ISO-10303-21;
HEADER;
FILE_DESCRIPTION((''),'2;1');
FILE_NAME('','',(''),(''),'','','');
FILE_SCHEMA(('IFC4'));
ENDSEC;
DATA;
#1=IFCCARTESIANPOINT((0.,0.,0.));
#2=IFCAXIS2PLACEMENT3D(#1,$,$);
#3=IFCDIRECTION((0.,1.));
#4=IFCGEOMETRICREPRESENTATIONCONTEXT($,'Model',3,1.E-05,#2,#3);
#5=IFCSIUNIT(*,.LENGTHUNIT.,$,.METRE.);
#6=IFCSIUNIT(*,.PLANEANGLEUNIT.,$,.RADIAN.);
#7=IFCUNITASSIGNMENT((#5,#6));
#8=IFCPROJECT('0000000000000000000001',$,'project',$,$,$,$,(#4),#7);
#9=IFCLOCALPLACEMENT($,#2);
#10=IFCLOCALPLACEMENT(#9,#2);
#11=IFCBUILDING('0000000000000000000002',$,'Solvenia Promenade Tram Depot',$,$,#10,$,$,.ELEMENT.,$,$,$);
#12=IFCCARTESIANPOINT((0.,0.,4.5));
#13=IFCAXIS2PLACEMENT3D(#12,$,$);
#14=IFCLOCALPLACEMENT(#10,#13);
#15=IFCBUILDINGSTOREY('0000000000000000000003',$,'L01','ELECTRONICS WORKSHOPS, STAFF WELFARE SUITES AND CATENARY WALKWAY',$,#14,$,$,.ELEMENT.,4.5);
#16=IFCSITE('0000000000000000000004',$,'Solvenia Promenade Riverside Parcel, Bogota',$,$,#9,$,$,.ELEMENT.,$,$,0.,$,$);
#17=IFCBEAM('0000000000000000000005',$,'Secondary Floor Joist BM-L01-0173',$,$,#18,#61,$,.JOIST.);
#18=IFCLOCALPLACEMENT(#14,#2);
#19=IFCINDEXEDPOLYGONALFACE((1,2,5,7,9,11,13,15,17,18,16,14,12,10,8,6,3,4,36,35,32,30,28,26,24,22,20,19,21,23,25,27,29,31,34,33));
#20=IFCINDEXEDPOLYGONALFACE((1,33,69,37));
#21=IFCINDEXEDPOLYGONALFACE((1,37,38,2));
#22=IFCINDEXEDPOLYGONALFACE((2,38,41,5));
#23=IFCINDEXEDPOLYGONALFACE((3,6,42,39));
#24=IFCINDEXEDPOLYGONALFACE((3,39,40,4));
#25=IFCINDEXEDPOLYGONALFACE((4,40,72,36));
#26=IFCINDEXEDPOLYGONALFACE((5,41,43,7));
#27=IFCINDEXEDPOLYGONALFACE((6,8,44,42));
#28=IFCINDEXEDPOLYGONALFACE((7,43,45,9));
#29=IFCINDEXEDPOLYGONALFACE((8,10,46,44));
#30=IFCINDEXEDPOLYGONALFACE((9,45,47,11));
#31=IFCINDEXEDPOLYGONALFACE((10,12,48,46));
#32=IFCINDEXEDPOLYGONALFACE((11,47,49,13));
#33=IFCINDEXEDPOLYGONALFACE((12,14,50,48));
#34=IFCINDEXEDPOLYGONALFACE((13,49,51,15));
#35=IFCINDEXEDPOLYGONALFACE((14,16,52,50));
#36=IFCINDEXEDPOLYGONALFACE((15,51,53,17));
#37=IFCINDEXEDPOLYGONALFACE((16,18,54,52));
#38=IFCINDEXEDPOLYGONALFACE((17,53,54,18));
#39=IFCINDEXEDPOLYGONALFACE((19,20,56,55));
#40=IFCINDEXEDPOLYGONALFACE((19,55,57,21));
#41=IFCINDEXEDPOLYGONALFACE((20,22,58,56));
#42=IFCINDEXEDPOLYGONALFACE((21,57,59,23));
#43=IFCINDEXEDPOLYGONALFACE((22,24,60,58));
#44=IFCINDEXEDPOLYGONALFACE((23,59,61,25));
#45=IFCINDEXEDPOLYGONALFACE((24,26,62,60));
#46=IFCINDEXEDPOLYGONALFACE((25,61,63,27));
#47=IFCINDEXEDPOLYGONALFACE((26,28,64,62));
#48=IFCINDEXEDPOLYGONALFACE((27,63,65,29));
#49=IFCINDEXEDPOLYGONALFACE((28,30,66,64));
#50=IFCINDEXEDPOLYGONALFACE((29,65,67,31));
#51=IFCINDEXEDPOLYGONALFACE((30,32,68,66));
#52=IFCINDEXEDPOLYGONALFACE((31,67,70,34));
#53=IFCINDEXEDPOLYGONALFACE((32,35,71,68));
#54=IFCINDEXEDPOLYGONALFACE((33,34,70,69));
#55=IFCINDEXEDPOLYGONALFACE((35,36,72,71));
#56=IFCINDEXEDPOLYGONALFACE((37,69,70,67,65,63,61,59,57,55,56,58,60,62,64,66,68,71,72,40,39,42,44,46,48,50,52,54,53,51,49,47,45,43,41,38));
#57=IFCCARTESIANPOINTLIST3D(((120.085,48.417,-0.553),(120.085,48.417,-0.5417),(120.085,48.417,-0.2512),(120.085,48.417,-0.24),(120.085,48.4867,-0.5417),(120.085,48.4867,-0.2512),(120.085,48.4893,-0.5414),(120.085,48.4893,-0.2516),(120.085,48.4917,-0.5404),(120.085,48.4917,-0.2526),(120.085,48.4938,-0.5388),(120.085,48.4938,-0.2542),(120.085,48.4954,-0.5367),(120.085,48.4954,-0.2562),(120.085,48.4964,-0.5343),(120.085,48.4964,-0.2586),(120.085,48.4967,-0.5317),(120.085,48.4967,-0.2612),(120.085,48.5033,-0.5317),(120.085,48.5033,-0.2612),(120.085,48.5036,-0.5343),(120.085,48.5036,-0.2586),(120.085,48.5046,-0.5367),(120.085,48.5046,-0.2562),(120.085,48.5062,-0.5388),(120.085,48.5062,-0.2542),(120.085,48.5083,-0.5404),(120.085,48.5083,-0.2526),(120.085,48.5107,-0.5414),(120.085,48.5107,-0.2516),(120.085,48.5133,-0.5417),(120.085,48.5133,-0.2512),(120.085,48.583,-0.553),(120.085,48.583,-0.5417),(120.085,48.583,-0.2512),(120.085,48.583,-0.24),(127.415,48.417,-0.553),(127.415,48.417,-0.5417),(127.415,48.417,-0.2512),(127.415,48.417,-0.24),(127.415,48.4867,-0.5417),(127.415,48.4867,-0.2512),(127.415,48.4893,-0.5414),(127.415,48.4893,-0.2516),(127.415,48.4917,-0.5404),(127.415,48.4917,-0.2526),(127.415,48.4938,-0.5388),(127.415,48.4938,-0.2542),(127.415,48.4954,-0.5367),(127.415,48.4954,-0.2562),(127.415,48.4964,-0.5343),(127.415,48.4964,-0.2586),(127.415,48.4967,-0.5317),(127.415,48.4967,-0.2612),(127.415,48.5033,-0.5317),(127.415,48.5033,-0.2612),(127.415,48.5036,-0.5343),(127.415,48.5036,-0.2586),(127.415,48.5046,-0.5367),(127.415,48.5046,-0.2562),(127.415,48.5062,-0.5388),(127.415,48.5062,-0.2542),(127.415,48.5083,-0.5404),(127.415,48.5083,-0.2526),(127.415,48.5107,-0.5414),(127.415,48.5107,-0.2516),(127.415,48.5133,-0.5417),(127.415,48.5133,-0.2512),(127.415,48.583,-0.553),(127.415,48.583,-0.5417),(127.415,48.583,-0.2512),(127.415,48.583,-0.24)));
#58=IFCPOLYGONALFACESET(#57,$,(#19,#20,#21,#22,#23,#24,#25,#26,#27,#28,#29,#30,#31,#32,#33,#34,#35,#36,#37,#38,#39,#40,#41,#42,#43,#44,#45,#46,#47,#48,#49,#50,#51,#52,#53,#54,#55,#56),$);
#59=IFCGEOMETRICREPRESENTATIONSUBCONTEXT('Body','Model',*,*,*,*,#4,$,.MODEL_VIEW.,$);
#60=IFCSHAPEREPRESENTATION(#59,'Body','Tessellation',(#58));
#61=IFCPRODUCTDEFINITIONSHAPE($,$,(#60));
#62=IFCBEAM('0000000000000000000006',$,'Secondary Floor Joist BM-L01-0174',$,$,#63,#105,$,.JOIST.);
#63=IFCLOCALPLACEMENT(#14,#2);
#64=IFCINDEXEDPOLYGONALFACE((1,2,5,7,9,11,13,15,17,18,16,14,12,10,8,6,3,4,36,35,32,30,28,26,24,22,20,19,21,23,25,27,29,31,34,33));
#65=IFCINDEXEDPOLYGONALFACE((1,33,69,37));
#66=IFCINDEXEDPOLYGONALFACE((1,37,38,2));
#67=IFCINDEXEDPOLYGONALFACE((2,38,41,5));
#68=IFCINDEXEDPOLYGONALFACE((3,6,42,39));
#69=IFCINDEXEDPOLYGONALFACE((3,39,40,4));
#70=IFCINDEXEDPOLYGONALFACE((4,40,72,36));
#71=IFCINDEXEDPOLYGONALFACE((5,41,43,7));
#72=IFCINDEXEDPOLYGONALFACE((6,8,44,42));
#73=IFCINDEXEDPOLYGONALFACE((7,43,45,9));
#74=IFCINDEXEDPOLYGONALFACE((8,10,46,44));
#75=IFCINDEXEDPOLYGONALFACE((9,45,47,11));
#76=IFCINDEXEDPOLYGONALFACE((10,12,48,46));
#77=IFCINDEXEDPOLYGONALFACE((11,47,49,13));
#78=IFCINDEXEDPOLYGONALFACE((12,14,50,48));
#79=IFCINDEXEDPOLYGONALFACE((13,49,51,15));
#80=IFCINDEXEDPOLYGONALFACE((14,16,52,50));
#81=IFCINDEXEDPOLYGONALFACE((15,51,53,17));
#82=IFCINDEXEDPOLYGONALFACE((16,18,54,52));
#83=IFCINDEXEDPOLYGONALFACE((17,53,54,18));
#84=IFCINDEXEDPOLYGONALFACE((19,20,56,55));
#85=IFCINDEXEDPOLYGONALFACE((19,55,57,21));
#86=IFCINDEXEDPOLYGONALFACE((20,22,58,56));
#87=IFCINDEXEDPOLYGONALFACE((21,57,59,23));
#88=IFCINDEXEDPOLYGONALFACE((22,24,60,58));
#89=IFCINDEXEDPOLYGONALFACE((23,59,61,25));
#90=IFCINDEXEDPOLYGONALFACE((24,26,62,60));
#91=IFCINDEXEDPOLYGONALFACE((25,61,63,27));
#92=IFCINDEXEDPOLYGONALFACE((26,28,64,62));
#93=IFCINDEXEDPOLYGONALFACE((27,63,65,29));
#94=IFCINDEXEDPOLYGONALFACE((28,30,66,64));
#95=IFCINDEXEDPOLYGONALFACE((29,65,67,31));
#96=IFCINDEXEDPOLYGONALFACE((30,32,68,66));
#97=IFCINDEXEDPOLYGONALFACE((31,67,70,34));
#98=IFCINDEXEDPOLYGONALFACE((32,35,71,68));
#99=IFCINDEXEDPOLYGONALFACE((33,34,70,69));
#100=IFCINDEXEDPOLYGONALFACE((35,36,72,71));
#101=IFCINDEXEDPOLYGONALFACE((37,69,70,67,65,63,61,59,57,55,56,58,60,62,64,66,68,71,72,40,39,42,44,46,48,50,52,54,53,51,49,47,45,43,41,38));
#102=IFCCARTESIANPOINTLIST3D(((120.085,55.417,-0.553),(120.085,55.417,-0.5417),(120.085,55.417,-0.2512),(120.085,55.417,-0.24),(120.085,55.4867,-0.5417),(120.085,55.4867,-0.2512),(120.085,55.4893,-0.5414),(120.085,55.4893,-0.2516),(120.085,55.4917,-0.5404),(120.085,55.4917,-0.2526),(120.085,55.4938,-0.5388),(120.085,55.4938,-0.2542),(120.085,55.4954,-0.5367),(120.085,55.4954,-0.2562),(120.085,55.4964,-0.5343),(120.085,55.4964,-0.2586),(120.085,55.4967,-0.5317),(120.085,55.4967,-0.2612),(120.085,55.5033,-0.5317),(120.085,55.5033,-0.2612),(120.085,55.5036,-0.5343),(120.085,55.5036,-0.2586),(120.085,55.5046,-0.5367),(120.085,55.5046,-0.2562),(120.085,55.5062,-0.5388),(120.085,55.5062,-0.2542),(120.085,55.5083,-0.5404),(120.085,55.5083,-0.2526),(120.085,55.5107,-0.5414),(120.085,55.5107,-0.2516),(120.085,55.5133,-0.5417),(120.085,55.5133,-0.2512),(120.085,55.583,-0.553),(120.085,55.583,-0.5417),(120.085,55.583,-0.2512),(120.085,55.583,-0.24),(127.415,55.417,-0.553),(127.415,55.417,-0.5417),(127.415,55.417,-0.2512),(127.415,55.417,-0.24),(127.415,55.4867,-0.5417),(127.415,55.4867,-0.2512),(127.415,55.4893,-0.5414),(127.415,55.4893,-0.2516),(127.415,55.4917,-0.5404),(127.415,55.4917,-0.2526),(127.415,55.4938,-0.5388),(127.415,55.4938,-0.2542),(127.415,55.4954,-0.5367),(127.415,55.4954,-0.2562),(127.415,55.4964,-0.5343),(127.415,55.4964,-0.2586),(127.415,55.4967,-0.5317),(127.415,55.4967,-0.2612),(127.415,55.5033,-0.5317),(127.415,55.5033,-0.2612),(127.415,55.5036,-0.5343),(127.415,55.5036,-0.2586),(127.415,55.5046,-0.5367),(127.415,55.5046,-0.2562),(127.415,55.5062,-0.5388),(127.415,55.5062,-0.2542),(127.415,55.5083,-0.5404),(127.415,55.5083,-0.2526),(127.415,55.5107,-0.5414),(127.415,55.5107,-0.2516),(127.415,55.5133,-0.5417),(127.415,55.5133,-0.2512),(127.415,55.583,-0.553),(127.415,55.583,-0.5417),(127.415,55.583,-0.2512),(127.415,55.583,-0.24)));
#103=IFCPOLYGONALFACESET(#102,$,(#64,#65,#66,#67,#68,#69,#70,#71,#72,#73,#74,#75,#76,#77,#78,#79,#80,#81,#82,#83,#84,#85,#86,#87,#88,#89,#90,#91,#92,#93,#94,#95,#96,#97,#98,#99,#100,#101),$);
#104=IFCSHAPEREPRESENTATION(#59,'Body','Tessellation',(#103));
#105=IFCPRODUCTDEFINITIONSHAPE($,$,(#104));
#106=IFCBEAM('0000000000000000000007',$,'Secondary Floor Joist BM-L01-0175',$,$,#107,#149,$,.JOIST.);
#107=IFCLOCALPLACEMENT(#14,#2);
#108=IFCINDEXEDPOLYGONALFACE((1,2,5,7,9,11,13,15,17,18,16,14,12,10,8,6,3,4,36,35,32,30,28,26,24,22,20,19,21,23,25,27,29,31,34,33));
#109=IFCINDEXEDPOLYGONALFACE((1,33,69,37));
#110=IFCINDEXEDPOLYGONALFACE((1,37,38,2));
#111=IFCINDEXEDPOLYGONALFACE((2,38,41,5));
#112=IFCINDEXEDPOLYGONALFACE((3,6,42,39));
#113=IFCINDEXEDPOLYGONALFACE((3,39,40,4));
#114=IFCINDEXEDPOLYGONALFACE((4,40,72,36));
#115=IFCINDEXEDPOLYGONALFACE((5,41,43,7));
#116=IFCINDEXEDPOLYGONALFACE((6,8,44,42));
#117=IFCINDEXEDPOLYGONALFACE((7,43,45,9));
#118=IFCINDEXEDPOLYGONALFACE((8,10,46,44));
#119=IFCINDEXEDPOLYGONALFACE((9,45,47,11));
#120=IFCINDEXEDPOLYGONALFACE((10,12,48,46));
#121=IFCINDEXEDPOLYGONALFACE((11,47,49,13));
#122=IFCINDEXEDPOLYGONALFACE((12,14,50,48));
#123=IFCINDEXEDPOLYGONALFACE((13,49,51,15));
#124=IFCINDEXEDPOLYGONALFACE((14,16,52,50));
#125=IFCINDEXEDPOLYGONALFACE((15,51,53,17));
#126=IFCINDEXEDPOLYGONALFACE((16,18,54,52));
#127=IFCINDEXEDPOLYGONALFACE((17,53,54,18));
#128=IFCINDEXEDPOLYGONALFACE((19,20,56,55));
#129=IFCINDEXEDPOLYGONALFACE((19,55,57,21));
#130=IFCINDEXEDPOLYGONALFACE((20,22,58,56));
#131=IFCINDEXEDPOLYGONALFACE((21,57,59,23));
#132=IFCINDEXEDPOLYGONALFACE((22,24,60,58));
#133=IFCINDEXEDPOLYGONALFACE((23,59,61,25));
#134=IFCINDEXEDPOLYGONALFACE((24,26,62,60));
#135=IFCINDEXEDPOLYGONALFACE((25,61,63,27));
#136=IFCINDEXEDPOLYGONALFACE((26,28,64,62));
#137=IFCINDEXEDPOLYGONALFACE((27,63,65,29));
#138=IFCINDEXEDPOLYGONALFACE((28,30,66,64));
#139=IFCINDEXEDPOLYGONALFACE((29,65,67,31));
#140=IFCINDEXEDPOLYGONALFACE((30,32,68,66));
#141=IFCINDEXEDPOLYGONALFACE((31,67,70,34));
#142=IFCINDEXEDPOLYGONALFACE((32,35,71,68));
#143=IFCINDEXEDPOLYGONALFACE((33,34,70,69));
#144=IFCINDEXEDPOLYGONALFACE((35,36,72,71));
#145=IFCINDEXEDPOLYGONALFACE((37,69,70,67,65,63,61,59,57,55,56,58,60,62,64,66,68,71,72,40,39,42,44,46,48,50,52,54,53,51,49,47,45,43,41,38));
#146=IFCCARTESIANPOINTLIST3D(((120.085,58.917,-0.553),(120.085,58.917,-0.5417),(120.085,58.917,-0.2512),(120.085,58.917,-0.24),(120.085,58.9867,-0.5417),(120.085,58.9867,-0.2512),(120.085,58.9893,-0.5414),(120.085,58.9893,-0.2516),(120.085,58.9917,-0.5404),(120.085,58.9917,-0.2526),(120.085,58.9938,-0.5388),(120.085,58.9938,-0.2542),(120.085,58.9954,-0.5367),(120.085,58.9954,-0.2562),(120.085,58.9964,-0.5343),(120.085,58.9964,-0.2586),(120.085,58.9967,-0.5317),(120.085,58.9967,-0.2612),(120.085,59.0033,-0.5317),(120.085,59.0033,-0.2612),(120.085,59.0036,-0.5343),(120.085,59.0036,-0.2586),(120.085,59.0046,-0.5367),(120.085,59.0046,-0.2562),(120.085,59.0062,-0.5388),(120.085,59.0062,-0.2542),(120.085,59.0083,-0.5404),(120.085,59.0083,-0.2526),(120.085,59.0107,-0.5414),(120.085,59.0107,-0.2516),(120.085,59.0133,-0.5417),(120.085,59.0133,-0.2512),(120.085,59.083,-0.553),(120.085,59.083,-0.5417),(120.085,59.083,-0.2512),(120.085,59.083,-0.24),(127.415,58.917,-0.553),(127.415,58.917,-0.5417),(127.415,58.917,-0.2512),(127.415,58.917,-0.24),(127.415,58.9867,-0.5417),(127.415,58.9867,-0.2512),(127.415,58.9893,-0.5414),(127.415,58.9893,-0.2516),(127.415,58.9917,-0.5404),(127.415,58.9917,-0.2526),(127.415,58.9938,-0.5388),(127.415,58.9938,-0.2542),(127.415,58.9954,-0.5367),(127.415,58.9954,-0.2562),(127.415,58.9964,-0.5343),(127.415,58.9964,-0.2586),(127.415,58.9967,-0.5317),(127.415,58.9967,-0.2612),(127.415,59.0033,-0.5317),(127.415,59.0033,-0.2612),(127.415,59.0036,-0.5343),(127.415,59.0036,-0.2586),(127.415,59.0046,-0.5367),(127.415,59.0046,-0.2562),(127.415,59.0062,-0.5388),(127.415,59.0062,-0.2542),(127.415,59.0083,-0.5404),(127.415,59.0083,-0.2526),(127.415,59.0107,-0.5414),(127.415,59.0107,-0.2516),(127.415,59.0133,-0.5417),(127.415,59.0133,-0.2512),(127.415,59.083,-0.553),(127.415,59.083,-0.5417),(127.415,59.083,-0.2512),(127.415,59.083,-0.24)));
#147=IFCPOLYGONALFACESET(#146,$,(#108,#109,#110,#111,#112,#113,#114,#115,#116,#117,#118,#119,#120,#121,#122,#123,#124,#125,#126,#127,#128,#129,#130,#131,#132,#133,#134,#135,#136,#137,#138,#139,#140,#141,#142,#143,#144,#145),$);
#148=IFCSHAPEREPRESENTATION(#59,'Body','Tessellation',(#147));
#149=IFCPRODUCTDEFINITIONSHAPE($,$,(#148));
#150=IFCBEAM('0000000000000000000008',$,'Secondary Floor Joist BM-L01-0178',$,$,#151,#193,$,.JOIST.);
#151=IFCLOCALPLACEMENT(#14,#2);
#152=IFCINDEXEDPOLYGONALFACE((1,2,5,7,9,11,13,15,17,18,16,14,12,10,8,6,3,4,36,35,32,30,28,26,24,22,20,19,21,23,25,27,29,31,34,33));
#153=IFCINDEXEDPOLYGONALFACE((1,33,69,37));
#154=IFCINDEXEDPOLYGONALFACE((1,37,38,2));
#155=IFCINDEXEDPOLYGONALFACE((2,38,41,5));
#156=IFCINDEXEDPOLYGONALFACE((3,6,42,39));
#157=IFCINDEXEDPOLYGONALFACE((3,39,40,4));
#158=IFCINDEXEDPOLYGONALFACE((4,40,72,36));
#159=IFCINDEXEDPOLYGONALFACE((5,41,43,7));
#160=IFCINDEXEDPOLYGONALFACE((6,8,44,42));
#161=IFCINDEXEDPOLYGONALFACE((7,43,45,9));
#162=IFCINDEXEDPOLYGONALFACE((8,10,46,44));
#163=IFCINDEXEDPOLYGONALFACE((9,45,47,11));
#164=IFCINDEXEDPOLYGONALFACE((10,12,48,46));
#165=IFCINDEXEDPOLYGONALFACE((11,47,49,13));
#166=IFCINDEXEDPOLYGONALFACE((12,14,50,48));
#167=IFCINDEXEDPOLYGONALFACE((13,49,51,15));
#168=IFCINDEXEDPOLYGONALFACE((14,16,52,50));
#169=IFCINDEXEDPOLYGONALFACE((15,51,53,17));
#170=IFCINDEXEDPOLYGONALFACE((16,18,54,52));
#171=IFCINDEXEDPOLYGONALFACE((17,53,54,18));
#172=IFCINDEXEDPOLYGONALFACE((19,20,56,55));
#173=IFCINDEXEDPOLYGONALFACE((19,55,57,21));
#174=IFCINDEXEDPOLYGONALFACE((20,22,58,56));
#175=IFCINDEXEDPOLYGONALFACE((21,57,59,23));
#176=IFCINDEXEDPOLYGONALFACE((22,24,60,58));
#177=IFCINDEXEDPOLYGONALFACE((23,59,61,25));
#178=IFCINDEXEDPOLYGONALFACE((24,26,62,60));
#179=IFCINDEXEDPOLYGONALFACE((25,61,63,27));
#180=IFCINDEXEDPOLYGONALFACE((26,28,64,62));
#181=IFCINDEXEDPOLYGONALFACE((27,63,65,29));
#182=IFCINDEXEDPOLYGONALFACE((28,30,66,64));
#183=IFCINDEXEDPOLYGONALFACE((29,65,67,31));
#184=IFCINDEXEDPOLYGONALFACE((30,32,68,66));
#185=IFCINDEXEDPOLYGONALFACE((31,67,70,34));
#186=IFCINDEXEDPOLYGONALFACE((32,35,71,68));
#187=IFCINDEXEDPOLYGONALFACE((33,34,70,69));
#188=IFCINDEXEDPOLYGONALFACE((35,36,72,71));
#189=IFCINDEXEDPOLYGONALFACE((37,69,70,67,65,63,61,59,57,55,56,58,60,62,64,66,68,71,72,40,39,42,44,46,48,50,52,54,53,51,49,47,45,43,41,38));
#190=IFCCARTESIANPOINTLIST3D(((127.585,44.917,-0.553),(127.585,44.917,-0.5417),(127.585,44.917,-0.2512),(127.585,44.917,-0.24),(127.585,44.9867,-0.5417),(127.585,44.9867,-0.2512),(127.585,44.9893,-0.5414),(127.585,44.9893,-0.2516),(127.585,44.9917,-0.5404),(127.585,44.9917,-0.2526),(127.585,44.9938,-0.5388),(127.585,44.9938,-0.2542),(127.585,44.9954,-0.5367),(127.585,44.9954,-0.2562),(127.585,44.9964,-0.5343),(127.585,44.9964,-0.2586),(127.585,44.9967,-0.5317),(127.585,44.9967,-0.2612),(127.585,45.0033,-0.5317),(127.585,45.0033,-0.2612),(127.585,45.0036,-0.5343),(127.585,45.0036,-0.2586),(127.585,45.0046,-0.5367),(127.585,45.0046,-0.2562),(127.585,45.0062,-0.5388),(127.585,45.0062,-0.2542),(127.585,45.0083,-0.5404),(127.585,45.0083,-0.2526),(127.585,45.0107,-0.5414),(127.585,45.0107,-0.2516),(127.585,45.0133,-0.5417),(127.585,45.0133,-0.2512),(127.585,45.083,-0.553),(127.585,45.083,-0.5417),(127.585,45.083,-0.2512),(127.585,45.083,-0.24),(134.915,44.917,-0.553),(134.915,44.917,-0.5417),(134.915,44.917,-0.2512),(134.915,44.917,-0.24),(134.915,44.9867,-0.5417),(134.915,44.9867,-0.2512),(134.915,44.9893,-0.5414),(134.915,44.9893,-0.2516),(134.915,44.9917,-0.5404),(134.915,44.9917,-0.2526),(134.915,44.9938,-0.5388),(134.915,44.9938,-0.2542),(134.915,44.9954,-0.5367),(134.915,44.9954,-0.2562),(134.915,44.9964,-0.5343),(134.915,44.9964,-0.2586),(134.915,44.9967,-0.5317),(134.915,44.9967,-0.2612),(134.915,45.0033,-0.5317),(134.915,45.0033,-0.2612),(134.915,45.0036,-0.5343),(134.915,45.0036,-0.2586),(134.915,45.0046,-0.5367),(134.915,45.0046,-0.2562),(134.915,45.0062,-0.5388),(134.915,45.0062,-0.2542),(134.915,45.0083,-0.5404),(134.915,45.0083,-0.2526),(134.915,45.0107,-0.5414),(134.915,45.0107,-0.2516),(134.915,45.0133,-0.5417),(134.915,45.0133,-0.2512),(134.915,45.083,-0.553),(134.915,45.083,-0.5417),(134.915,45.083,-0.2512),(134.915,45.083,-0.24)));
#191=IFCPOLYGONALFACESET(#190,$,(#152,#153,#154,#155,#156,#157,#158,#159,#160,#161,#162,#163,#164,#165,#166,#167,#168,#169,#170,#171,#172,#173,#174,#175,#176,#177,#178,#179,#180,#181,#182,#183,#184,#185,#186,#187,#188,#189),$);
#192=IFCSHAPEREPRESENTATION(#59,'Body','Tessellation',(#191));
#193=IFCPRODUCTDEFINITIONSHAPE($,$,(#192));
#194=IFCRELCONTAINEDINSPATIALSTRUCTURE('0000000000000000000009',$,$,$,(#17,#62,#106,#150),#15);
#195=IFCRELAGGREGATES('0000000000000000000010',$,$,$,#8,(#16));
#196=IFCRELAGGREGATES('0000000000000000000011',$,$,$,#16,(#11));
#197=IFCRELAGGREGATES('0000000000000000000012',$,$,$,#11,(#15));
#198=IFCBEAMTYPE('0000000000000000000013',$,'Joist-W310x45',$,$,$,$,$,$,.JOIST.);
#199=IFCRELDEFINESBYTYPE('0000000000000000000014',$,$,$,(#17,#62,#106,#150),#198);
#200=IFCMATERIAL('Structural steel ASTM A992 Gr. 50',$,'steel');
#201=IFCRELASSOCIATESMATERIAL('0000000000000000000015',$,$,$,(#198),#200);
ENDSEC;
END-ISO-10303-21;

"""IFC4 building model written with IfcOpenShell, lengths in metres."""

from ifc_helpers import new_model, si_unit, direction, frame, origin, origin_2d, place, context, subcontext, project, spatial, i_section, extrude, material, material_profile, profile_set, type_object, element, save


model = new_model("IFC4")

# Units and contexts
model_context = context("Model", 3, precision=1e-05, world=origin(), true_north=direction((0.0, 1.0)))
body_context = subcontext(model_context, "Body", "Model", "MODEL_VIEW")
ifc_project = project(units=[si_unit("LENGTHUNIT", "METRE"), si_unit("PLANEANGLEUNIT", "RADIAN")], contexts=[model_context])

# Site, building, storey
site_placement = place(None, origin())
site = spatial("IfcSite", under=ifc_project, at=site_placement, Name="Solvenia Promenade Riverside Parcel, Bogota", CompositionType="ELEMENT", RefElevation=0.0)
building_placement = place(site_placement, origin())
building = spatial("IfcBuilding", under=site, at=building_placement, Name="Solvenia Promenade Tram Depot", CompositionType="ELEMENT")
storey_placement = place(building_placement, frame((0.0, 0.0, 4.5)))
storey = spatial("IfcBuildingStorey", under=building, at=storey_placement, Name="L01", Description="ELECTRONICS WORKSHOPS, STAFF WELFARE SUITES AND CATENARY WALKWAY", CompositionType="ELEMENT", Elevation=4.5)

# Shared definitions
ifc_material_1 = material(Name="Structural steel ASTM A992 Gr. 50", Category="steel")

# Beams
ifc_material_profile_1 = material_profile(ifc_material_1, i_section(OverallWidth=0.166, OverallDepth=0.313, WebThickness=0.0066, FlangeThickness=0.0112, FilletRadius=0.01, at=origin_2d()), Name="W310x45", Category="steel")
ifc_profile_set_1 = profile_set([ifc_material_profile_1], Name="Structural steel ASTM A992 Gr. 50")
beam_type_1 = type_object("IfcBeamType", Name="Joist-W310x45", PredefinedType="JOIST", material=ifc_profile_set_1)
for number, where, z_axis, x_axis, name in (
    (1, (120.085, 48.5, -0.3965), (1.0, 0.0, 0.0), (0.0, 1.0, 0.0), "Secondary Floor Joist BM-L01-0173"),
    (2, (120.085, 55.5, -0.3965), (1.0, 0.0, 0.0), (0.0, 1.0, 0.0), "Secondary Floor Joist BM-L01-0174"),
    (3, (120.085, 59.0, -0.3965), (1.0, 0.0, 0.0), (0.0, 1.0, 0.0), "Secondary Floor Joist BM-L01-0175"),
    (4, (127.585, 45.0, -0.3965), (1.0, 0.0, 0.0), (0.0, 1.0, 0.0), "Secondary Floor Joist BM-L01-0178"),
):
    element("IfcBeam", number, at=place(storey_placement, frame(where, z_axis=z_axis, x_axis=x_axis)), inside=storey, type_object=beam_type_1, Name=name, PredefinedType="JOIST", context=body_context, shape_type="SweptSolid", body=[
        extrude(i_section(OverallWidth=0.166, OverallDepth=0.313, WebThickness=0.0066, FlangeThickness=0.0112, FilletRadius=0.01, at=origin_2d()), origin(), (0.0, 0.0, 1.0), 7.3301),
    ])

save(model, "model.ifc")
